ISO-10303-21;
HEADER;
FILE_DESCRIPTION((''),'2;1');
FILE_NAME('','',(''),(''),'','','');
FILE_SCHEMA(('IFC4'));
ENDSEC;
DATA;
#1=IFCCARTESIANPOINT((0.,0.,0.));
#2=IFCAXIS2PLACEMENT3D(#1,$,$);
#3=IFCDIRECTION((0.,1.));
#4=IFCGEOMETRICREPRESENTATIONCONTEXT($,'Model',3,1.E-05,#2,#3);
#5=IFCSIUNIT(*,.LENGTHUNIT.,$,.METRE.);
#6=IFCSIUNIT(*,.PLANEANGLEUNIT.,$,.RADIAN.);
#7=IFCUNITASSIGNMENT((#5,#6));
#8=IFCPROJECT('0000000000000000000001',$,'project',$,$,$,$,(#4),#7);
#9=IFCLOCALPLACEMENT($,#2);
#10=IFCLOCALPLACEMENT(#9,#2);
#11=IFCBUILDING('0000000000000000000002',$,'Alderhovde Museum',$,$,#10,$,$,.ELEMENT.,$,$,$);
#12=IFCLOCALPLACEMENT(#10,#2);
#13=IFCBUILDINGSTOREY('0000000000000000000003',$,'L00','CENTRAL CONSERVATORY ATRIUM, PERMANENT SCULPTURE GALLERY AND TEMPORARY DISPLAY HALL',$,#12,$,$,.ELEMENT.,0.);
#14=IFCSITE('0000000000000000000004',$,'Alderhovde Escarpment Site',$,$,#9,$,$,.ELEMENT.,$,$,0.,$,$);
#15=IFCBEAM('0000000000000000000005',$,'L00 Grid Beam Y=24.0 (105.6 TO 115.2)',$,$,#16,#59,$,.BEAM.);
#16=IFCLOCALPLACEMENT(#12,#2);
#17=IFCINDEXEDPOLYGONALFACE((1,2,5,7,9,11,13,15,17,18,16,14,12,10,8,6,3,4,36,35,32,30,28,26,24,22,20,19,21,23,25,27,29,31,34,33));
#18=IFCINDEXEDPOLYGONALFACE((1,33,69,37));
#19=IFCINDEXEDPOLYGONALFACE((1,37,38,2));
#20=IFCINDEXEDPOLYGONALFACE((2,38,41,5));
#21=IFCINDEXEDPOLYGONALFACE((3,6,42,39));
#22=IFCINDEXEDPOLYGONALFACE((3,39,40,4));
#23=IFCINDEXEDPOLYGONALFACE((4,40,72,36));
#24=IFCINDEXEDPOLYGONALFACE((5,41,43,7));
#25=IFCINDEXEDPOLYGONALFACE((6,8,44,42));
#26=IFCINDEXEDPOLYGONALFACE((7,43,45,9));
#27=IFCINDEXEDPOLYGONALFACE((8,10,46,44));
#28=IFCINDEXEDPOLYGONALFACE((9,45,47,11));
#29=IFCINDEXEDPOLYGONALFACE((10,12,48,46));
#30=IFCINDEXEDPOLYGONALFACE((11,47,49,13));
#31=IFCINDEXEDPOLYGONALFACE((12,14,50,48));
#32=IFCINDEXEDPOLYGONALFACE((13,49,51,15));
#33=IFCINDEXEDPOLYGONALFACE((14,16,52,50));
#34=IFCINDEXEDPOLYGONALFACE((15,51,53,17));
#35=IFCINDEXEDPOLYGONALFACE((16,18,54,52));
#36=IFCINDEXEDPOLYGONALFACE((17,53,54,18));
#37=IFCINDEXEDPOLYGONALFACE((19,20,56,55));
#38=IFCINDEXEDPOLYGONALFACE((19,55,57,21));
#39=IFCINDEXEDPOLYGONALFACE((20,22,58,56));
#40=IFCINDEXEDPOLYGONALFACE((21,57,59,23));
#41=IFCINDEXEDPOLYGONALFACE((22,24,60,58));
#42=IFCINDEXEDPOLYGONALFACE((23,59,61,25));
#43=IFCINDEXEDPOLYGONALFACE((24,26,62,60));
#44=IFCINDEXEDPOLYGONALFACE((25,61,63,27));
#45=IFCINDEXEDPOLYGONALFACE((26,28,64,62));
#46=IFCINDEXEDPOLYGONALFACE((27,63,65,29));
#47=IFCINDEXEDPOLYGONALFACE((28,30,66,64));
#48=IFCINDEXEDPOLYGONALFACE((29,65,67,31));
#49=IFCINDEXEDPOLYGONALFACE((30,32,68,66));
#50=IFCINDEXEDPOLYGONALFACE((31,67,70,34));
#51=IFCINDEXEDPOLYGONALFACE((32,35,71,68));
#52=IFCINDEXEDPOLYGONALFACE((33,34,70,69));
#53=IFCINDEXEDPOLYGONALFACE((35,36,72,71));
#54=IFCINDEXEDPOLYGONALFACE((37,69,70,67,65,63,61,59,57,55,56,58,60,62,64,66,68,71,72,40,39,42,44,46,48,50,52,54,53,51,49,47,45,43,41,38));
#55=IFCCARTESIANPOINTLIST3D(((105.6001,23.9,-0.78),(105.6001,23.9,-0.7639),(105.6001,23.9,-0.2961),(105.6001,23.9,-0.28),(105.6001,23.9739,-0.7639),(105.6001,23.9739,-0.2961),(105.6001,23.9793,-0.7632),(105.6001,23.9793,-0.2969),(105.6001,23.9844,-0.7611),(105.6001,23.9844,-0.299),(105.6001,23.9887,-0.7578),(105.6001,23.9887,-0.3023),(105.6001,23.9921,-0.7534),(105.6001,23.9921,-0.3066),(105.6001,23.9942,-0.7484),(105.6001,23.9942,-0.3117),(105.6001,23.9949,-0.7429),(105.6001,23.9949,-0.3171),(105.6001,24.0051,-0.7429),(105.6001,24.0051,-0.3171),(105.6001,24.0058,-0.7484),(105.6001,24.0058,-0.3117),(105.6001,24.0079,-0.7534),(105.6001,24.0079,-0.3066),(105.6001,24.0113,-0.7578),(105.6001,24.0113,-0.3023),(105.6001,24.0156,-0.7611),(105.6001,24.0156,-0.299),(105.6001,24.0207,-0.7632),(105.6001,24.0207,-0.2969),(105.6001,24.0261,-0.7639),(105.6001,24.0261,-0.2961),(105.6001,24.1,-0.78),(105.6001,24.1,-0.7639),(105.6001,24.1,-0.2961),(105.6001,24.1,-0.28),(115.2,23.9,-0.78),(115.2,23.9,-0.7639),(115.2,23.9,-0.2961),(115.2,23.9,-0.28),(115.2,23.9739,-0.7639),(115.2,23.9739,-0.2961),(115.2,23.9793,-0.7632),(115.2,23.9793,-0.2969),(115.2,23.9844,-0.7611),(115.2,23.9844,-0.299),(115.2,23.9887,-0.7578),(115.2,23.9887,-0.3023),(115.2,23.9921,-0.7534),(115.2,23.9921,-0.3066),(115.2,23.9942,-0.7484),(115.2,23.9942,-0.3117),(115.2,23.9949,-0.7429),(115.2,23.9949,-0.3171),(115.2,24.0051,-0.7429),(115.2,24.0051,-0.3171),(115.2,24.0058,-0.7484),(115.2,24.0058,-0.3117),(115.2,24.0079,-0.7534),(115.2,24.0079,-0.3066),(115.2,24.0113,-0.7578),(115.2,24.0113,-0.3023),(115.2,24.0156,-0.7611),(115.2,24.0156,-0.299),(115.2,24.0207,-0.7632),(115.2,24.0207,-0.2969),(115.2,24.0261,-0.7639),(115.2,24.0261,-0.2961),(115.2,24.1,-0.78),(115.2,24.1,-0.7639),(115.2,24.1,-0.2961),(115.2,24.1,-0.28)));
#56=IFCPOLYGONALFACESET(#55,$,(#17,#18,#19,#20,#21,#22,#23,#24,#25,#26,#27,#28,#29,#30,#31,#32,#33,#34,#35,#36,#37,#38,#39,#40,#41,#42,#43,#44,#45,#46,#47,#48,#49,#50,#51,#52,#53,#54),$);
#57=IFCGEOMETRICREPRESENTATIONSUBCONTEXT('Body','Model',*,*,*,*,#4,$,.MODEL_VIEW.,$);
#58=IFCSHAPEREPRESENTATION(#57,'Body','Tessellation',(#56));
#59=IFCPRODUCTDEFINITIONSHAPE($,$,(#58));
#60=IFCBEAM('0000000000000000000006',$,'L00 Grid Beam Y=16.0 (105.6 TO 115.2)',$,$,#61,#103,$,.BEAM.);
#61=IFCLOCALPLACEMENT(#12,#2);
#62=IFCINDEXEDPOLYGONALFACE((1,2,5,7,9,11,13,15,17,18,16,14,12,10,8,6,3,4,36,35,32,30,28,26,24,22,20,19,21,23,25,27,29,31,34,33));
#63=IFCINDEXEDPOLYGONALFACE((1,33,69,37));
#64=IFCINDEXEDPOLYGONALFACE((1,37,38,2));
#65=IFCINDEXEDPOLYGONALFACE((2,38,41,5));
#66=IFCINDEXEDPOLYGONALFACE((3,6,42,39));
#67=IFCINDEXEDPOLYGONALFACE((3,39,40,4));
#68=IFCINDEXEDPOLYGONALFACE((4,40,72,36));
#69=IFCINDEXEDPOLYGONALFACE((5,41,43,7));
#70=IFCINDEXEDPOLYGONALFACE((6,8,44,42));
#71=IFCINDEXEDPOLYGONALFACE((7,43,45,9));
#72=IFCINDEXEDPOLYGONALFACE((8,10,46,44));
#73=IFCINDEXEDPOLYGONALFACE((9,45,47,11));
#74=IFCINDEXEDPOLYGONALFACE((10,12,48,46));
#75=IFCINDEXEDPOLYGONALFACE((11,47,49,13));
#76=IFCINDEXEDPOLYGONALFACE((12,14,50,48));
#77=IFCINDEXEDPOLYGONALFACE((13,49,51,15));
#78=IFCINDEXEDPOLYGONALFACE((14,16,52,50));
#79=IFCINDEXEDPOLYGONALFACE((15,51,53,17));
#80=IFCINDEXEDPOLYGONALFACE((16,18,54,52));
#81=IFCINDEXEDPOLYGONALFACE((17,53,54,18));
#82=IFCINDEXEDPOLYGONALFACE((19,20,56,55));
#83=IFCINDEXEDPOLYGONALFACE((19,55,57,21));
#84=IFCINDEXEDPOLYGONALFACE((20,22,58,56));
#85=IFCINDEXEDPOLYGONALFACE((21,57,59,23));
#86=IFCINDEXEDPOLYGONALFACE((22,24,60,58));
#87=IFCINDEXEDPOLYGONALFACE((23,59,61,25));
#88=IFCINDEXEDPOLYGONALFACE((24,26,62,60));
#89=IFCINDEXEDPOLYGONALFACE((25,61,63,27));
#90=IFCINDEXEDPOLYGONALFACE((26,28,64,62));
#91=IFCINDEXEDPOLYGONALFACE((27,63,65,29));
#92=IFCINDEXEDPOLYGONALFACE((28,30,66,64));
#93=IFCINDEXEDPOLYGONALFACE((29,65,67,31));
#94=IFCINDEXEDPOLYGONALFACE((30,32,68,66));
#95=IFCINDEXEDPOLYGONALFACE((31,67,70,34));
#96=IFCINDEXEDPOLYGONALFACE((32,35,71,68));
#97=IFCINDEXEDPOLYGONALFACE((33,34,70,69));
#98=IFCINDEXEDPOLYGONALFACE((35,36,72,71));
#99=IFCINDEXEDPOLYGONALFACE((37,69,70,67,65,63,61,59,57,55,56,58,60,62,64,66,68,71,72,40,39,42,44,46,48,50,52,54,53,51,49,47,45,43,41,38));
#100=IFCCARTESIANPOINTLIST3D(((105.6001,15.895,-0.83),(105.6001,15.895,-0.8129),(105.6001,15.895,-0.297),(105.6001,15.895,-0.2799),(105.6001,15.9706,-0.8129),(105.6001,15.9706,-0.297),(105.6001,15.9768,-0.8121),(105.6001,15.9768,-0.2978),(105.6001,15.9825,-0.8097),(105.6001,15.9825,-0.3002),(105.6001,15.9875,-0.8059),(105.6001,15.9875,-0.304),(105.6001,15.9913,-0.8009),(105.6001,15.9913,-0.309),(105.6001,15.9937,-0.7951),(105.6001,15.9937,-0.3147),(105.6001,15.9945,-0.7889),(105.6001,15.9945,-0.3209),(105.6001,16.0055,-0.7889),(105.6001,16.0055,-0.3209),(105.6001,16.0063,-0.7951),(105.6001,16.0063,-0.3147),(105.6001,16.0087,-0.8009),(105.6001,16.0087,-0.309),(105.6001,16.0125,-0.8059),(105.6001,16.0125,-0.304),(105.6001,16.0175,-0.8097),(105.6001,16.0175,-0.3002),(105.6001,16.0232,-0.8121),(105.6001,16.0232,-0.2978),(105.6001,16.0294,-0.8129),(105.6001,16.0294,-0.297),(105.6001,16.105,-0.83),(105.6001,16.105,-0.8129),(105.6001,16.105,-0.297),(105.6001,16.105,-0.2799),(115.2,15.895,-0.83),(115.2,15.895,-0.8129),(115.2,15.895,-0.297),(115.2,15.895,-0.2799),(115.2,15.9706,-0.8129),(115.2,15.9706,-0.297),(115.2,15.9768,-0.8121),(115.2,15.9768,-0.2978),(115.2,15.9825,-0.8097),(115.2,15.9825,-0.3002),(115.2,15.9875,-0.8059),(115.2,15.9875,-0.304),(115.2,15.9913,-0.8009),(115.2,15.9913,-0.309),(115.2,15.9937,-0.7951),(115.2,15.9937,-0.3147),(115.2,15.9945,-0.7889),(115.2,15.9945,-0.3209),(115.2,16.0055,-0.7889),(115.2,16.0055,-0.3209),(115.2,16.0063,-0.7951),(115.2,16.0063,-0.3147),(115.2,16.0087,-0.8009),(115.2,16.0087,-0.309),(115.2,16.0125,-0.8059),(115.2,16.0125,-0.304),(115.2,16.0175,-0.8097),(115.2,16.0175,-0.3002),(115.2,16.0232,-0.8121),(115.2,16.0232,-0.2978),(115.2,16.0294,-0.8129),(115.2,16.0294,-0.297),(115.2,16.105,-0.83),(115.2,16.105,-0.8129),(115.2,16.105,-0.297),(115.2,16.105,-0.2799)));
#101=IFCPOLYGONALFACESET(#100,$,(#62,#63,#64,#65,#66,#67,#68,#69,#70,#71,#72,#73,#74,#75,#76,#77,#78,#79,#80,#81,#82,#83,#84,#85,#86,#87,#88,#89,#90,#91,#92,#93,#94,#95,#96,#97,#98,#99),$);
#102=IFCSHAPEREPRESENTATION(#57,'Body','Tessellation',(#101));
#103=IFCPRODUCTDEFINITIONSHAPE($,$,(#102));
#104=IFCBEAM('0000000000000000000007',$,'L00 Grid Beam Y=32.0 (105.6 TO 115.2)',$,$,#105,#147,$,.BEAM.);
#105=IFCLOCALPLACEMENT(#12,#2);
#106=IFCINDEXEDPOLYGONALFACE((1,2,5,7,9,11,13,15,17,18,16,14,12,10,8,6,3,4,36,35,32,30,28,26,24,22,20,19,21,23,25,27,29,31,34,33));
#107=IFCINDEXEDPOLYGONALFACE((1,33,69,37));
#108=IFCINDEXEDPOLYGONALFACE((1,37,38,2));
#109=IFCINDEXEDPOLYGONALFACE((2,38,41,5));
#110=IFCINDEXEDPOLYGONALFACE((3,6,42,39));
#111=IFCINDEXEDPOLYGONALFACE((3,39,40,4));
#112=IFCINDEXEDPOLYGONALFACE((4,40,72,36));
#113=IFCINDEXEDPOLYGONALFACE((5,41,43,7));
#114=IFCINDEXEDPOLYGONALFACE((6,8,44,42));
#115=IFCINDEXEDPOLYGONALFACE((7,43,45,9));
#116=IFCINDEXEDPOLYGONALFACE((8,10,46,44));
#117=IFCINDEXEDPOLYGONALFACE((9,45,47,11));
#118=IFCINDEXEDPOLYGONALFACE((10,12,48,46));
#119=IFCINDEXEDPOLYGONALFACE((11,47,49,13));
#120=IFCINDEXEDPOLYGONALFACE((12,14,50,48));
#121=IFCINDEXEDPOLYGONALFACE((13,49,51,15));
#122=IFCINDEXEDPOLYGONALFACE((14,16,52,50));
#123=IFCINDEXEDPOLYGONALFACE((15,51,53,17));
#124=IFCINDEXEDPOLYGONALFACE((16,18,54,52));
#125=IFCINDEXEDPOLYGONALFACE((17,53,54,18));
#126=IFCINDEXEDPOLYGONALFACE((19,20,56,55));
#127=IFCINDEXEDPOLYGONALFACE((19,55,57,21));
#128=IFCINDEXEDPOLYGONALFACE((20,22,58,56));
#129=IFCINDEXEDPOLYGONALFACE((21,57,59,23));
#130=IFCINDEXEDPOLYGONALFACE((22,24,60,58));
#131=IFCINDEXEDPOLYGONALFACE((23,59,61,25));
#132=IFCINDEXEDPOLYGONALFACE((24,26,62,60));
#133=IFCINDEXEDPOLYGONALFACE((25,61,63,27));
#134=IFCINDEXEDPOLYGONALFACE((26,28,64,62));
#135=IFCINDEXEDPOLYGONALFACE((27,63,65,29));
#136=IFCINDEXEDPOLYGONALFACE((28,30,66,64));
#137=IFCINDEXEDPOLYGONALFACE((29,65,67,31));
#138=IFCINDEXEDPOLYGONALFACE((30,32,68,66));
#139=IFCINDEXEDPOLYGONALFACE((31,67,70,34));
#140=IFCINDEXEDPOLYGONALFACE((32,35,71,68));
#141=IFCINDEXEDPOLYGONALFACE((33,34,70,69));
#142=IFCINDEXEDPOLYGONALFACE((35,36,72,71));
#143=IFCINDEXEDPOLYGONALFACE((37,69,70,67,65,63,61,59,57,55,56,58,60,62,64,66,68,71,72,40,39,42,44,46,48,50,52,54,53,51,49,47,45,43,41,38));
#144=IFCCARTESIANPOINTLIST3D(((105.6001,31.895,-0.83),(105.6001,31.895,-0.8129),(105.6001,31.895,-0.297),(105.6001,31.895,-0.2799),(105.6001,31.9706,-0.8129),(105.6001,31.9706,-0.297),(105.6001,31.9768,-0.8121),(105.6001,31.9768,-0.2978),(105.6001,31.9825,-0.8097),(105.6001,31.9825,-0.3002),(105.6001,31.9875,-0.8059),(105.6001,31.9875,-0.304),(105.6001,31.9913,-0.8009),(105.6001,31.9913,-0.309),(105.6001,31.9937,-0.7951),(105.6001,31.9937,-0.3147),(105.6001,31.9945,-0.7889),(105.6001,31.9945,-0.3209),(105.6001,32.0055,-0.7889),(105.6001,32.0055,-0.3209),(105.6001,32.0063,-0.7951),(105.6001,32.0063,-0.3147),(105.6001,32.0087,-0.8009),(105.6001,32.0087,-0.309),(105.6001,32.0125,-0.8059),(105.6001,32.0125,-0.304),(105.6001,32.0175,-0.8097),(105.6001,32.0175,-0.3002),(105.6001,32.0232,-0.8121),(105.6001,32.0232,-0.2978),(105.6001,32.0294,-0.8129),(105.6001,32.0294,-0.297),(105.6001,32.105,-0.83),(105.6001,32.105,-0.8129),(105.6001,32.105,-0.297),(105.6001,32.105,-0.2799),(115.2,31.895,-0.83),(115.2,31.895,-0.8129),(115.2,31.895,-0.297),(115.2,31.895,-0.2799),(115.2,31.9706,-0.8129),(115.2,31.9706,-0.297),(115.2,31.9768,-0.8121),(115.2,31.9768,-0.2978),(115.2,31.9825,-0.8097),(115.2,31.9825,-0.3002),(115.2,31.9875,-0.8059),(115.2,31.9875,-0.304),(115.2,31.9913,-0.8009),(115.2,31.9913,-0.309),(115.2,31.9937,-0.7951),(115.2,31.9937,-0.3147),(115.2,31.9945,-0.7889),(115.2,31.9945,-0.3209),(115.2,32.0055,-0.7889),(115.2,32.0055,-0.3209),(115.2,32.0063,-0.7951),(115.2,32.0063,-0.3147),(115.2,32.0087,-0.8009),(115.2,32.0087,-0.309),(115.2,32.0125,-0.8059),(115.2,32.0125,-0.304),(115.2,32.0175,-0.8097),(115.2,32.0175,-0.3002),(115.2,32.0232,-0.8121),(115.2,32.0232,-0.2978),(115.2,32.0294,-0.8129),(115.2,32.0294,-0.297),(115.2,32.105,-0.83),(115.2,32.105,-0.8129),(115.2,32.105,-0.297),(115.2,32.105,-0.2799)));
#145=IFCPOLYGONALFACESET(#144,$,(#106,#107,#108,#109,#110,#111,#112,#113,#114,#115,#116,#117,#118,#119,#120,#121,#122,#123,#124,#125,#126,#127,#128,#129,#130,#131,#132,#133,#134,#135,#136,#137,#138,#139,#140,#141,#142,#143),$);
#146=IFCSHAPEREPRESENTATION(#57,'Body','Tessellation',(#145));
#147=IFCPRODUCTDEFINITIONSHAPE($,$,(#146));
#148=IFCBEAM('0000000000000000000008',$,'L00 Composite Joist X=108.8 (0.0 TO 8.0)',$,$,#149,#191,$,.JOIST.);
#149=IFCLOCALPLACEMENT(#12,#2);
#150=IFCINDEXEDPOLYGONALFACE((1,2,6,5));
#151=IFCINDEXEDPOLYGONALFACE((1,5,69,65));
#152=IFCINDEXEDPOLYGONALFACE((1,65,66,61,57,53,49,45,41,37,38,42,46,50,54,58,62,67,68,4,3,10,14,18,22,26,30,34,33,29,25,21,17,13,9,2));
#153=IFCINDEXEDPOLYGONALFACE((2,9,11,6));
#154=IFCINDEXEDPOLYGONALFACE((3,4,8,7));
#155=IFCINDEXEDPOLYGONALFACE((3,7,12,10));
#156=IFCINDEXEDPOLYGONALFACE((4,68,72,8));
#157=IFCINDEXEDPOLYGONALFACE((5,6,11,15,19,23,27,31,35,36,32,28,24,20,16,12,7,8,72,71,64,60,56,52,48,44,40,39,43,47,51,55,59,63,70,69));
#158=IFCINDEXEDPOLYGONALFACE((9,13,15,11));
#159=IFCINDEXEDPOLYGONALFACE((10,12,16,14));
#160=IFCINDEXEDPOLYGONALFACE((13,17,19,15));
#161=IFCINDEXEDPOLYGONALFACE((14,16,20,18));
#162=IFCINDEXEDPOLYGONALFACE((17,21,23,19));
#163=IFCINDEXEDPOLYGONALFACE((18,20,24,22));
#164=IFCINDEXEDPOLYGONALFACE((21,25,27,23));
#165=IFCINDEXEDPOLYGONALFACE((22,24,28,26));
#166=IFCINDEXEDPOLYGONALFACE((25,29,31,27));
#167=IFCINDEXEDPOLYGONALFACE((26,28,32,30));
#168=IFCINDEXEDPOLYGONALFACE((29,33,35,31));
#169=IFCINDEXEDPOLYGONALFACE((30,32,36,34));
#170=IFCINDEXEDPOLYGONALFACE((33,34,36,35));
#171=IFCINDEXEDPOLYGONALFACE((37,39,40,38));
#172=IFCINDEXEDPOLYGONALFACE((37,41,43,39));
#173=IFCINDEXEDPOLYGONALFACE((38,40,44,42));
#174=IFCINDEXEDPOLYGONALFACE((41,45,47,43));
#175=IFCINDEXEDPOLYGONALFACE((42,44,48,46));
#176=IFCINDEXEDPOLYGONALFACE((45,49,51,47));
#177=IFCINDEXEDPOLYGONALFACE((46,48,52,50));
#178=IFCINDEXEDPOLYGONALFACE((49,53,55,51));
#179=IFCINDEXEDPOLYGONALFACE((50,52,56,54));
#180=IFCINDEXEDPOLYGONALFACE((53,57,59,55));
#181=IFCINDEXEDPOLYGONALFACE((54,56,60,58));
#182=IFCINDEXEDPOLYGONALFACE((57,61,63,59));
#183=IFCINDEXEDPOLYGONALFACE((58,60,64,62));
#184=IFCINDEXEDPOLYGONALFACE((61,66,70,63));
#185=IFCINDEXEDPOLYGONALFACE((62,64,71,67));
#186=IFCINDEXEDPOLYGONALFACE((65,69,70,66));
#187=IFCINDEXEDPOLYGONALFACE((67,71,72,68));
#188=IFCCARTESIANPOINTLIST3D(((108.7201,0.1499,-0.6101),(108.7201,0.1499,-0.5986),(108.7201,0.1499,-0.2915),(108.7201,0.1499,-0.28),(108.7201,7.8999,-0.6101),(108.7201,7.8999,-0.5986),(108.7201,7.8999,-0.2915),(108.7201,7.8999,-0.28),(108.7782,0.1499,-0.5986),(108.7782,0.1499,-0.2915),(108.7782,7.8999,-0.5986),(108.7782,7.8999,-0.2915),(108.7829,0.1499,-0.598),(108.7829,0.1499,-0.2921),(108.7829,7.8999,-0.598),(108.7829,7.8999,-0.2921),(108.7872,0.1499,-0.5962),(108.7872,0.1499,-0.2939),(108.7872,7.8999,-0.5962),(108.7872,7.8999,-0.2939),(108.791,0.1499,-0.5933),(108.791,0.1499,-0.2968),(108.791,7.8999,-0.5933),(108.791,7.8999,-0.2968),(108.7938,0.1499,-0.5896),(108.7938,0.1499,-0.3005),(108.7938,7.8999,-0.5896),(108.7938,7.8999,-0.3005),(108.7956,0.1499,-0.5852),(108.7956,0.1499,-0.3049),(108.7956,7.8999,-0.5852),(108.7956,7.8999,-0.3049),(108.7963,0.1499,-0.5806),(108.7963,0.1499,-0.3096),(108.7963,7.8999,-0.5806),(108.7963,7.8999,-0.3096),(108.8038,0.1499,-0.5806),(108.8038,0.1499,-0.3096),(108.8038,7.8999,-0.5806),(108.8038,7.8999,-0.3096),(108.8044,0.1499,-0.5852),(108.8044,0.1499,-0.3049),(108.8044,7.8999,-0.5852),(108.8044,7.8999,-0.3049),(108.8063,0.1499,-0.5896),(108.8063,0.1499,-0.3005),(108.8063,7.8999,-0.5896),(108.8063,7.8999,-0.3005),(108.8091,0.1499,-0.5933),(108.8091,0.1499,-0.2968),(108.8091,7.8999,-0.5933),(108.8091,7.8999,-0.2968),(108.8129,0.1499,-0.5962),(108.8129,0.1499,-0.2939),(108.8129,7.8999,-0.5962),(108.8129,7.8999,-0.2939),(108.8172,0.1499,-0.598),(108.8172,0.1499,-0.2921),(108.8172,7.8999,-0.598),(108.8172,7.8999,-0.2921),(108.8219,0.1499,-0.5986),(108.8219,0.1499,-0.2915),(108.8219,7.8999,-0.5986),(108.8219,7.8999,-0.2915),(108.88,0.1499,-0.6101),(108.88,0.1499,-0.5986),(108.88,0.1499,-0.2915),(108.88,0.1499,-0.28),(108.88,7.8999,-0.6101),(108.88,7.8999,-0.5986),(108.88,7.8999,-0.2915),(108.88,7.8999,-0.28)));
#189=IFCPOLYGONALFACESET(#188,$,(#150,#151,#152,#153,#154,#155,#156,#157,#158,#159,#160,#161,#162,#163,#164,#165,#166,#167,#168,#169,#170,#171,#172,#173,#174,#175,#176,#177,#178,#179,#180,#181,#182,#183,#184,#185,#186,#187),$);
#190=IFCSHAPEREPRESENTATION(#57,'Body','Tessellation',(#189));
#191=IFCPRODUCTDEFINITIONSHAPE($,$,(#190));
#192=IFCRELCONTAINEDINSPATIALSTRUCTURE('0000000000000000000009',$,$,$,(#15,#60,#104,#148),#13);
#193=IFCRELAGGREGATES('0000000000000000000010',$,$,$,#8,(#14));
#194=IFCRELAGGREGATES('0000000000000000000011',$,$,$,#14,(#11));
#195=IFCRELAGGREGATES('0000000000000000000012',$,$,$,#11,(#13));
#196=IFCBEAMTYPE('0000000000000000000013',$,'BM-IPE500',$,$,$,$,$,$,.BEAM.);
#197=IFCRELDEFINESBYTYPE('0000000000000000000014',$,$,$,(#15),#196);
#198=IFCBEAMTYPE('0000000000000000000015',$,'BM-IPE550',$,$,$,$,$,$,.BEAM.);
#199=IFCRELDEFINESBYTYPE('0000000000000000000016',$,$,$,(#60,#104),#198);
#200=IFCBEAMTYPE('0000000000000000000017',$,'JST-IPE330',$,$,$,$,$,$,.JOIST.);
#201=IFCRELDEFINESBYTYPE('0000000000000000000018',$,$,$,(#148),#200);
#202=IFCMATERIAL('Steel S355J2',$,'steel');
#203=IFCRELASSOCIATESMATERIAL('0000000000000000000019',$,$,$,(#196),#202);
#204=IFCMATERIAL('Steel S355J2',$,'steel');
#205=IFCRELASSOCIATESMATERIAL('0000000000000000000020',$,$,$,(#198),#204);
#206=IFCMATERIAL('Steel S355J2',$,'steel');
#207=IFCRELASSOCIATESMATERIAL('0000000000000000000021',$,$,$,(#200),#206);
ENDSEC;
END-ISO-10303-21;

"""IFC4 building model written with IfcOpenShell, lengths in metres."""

from ifc_helpers import new_model, si_unit, direction, frame, origin, origin_2d, place, context, subcontext, project, spatial, i_section, extrude, material, material_profile, profile_set, type_object, element, save


model = new_model("IFC4")

# Units and contexts
model_context = context("Model", 3, precision=1e-05, world=origin(), true_north=direction((0.0, 1.0)))
body_context = subcontext(model_context, "Body", "Model", "MODEL_VIEW")
ifc_project = project(units=[si_unit("LENGTHUNIT", "METRE"), si_unit("PLANEANGLEUNIT", "RADIAN")], contexts=[model_context])

# Site, building, storey
site_placement = place(None, origin())
site = spatial("IfcSite", under=ifc_project, at=site_placement, Name="Alderhovde Escarpment Site", CompositionType="ELEMENT", RefElevation=0.0)
building_placement = place(site_placement, origin())
building = spatial("IfcBuilding", under=site, at=building_placement, Name="Alderhovde Museum", CompositionType="ELEMENT")
storey_placement = place(building_placement, origin())
storey = spatial("IfcBuildingStorey", under=building, at=storey_placement, Name="L00", Description="CENTRAL CONSERVATORY ATRIUM, PERMANENT SCULPTURE GALLERY AND TEMPORARY DISPLAY HALL", CompositionType="ELEMENT", Elevation=0.0)

# Beams
ifc_material_1 = material(Name="Steel S355J2", Category="steel")
ifc_material_profile_1 = material_profile(ifc_material_1, i_section(OverallWidth=0.2, OverallDepth=0.5, WebThickness=0.0103, FlangeThickness=0.0161, FilletRadius=0.021, at=origin_2d()), Name="IPE 500")
ifc_profile_set_1 = profile_set([ifc_material_profile_1], Name="Steel S355J2")
beam_type_1 = type_object("IfcBeamType", Name="BM-IPE500", PredefinedType="BEAM", material=ifc_profile_set_1)
beam_placement = place(storey_placement, frame((105.6001, 24.0, -0.53), z_axis=(1.0, 0.0, 0.0), x_axis=(0.0, 1.0, 0.0)))
element("IfcBeam", 1, at=beam_placement, inside=storey, type_object=beam_type_1, Name="L00 Grid Beam Y=24.0 (105.6 TO 115.2)", PredefinedType="BEAM", context=body_context, shape_type="SweptSolid", body=[
    extrude(i_section(OverallWidth=0.2, OverallDepth=0.5, WebThickness=0.0103, FlangeThickness=0.0161, FilletRadius=0.021, at=origin_2d()), origin(), (0.0, 0.0, 1.0), 9.5999),
])
ifc_material_2 = material(Name="Steel S355J2", Category="steel")
ifc_material_profile_2 = material_profile(ifc_material_2, i_section(OverallWidth=0.21, OverallDepth=0.55, WebThickness=0.011, FlangeThickness=0.0171, FilletRadius=0.0239, at=origin_2d()), Name="IPE 550")
ifc_profile_set_2 = profile_set([ifc_material_profile_2], Name="Steel S355J2")
beam_type_2 = type_object("IfcBeamType", Name="BM-IPE550", PredefinedType="BEAM", material=ifc_profile_set_2)
for number, where, z_axis, x_axis, name in (
    (2, (105.6001, 16.0, -0.5549), (1.0, 0.0, 0.0), (0.0, 1.0, 0.0), "L00 Grid Beam Y=16.0 (105.6 TO 115.2)"),
    (3, (105.6001, 32.0, -0.5549), (1.0, 0.0, 0.0), (0.0, 1.0, 0.0), "L00 Grid Beam Y=32.0 (105.6 TO 115.2)"),
):
    element("IfcBeam", number, at=place(storey_placement, frame(where, z_axis=z_axis, x_axis=x_axis)), inside=storey, type_object=beam_type_2, Name=name, PredefinedType="BEAM", context=body_context, shape_type="SweptSolid", body=[
        extrude(i_section(OverallWidth=0.21, OverallDepth=0.55, WebThickness=0.011, FlangeThickness=0.0171, FilletRadius=0.0239, at=origin_2d()), origin(), (0.0, 0.0, 1.0), 9.5999),
    ])
ifc_material_3 = material(Name="Steel S355J2", Category="steel")
ifc_material_profile_3 = material_profile(ifc_material_3, i_section(OverallWidth=0.1599, OverallDepth=0.3301, WebThickness=0.0076, FlangeThickness=0.0115, FilletRadius=0.0181, at=origin_2d()), Name="IPE 330")
ifc_profile_set_3 = profile_set([ifc_material_profile_3], Name="Steel S355J2")
beam_type_3 = type_object("IfcBeamType", Name="JST-IPE330", PredefinedType="JOIST", material=ifc_profile_set_3)
for number, where, z_axis, x_axis, name in (
    (4, (108.8, 0.1499, -0.4451), (0.0, 1.0, 0.0), (-1.0, 0.0, 0.0), "L00 Composite Joist X=108.8 (0.0 TO 8.0)"),
):
    element("IfcBeam", number, at=place(storey_placement, frame(where, z_axis=z_axis, x_axis=x_axis)), inside=storey, type_object=beam_type_3, Name=name, PredefinedType="JOIST", context=body_context, shape_type="SweptSolid", body=[
        extrude(i_section(OverallWidth=0.1599, OverallDepth=0.3301, WebThickness=0.0076, FlangeThickness=0.0115, FilletRadius=0.0181, at=origin_2d()), origin(), (0.0, 0.0, 1.0), 7.75),
    ])

save(model, "model.ifc")
